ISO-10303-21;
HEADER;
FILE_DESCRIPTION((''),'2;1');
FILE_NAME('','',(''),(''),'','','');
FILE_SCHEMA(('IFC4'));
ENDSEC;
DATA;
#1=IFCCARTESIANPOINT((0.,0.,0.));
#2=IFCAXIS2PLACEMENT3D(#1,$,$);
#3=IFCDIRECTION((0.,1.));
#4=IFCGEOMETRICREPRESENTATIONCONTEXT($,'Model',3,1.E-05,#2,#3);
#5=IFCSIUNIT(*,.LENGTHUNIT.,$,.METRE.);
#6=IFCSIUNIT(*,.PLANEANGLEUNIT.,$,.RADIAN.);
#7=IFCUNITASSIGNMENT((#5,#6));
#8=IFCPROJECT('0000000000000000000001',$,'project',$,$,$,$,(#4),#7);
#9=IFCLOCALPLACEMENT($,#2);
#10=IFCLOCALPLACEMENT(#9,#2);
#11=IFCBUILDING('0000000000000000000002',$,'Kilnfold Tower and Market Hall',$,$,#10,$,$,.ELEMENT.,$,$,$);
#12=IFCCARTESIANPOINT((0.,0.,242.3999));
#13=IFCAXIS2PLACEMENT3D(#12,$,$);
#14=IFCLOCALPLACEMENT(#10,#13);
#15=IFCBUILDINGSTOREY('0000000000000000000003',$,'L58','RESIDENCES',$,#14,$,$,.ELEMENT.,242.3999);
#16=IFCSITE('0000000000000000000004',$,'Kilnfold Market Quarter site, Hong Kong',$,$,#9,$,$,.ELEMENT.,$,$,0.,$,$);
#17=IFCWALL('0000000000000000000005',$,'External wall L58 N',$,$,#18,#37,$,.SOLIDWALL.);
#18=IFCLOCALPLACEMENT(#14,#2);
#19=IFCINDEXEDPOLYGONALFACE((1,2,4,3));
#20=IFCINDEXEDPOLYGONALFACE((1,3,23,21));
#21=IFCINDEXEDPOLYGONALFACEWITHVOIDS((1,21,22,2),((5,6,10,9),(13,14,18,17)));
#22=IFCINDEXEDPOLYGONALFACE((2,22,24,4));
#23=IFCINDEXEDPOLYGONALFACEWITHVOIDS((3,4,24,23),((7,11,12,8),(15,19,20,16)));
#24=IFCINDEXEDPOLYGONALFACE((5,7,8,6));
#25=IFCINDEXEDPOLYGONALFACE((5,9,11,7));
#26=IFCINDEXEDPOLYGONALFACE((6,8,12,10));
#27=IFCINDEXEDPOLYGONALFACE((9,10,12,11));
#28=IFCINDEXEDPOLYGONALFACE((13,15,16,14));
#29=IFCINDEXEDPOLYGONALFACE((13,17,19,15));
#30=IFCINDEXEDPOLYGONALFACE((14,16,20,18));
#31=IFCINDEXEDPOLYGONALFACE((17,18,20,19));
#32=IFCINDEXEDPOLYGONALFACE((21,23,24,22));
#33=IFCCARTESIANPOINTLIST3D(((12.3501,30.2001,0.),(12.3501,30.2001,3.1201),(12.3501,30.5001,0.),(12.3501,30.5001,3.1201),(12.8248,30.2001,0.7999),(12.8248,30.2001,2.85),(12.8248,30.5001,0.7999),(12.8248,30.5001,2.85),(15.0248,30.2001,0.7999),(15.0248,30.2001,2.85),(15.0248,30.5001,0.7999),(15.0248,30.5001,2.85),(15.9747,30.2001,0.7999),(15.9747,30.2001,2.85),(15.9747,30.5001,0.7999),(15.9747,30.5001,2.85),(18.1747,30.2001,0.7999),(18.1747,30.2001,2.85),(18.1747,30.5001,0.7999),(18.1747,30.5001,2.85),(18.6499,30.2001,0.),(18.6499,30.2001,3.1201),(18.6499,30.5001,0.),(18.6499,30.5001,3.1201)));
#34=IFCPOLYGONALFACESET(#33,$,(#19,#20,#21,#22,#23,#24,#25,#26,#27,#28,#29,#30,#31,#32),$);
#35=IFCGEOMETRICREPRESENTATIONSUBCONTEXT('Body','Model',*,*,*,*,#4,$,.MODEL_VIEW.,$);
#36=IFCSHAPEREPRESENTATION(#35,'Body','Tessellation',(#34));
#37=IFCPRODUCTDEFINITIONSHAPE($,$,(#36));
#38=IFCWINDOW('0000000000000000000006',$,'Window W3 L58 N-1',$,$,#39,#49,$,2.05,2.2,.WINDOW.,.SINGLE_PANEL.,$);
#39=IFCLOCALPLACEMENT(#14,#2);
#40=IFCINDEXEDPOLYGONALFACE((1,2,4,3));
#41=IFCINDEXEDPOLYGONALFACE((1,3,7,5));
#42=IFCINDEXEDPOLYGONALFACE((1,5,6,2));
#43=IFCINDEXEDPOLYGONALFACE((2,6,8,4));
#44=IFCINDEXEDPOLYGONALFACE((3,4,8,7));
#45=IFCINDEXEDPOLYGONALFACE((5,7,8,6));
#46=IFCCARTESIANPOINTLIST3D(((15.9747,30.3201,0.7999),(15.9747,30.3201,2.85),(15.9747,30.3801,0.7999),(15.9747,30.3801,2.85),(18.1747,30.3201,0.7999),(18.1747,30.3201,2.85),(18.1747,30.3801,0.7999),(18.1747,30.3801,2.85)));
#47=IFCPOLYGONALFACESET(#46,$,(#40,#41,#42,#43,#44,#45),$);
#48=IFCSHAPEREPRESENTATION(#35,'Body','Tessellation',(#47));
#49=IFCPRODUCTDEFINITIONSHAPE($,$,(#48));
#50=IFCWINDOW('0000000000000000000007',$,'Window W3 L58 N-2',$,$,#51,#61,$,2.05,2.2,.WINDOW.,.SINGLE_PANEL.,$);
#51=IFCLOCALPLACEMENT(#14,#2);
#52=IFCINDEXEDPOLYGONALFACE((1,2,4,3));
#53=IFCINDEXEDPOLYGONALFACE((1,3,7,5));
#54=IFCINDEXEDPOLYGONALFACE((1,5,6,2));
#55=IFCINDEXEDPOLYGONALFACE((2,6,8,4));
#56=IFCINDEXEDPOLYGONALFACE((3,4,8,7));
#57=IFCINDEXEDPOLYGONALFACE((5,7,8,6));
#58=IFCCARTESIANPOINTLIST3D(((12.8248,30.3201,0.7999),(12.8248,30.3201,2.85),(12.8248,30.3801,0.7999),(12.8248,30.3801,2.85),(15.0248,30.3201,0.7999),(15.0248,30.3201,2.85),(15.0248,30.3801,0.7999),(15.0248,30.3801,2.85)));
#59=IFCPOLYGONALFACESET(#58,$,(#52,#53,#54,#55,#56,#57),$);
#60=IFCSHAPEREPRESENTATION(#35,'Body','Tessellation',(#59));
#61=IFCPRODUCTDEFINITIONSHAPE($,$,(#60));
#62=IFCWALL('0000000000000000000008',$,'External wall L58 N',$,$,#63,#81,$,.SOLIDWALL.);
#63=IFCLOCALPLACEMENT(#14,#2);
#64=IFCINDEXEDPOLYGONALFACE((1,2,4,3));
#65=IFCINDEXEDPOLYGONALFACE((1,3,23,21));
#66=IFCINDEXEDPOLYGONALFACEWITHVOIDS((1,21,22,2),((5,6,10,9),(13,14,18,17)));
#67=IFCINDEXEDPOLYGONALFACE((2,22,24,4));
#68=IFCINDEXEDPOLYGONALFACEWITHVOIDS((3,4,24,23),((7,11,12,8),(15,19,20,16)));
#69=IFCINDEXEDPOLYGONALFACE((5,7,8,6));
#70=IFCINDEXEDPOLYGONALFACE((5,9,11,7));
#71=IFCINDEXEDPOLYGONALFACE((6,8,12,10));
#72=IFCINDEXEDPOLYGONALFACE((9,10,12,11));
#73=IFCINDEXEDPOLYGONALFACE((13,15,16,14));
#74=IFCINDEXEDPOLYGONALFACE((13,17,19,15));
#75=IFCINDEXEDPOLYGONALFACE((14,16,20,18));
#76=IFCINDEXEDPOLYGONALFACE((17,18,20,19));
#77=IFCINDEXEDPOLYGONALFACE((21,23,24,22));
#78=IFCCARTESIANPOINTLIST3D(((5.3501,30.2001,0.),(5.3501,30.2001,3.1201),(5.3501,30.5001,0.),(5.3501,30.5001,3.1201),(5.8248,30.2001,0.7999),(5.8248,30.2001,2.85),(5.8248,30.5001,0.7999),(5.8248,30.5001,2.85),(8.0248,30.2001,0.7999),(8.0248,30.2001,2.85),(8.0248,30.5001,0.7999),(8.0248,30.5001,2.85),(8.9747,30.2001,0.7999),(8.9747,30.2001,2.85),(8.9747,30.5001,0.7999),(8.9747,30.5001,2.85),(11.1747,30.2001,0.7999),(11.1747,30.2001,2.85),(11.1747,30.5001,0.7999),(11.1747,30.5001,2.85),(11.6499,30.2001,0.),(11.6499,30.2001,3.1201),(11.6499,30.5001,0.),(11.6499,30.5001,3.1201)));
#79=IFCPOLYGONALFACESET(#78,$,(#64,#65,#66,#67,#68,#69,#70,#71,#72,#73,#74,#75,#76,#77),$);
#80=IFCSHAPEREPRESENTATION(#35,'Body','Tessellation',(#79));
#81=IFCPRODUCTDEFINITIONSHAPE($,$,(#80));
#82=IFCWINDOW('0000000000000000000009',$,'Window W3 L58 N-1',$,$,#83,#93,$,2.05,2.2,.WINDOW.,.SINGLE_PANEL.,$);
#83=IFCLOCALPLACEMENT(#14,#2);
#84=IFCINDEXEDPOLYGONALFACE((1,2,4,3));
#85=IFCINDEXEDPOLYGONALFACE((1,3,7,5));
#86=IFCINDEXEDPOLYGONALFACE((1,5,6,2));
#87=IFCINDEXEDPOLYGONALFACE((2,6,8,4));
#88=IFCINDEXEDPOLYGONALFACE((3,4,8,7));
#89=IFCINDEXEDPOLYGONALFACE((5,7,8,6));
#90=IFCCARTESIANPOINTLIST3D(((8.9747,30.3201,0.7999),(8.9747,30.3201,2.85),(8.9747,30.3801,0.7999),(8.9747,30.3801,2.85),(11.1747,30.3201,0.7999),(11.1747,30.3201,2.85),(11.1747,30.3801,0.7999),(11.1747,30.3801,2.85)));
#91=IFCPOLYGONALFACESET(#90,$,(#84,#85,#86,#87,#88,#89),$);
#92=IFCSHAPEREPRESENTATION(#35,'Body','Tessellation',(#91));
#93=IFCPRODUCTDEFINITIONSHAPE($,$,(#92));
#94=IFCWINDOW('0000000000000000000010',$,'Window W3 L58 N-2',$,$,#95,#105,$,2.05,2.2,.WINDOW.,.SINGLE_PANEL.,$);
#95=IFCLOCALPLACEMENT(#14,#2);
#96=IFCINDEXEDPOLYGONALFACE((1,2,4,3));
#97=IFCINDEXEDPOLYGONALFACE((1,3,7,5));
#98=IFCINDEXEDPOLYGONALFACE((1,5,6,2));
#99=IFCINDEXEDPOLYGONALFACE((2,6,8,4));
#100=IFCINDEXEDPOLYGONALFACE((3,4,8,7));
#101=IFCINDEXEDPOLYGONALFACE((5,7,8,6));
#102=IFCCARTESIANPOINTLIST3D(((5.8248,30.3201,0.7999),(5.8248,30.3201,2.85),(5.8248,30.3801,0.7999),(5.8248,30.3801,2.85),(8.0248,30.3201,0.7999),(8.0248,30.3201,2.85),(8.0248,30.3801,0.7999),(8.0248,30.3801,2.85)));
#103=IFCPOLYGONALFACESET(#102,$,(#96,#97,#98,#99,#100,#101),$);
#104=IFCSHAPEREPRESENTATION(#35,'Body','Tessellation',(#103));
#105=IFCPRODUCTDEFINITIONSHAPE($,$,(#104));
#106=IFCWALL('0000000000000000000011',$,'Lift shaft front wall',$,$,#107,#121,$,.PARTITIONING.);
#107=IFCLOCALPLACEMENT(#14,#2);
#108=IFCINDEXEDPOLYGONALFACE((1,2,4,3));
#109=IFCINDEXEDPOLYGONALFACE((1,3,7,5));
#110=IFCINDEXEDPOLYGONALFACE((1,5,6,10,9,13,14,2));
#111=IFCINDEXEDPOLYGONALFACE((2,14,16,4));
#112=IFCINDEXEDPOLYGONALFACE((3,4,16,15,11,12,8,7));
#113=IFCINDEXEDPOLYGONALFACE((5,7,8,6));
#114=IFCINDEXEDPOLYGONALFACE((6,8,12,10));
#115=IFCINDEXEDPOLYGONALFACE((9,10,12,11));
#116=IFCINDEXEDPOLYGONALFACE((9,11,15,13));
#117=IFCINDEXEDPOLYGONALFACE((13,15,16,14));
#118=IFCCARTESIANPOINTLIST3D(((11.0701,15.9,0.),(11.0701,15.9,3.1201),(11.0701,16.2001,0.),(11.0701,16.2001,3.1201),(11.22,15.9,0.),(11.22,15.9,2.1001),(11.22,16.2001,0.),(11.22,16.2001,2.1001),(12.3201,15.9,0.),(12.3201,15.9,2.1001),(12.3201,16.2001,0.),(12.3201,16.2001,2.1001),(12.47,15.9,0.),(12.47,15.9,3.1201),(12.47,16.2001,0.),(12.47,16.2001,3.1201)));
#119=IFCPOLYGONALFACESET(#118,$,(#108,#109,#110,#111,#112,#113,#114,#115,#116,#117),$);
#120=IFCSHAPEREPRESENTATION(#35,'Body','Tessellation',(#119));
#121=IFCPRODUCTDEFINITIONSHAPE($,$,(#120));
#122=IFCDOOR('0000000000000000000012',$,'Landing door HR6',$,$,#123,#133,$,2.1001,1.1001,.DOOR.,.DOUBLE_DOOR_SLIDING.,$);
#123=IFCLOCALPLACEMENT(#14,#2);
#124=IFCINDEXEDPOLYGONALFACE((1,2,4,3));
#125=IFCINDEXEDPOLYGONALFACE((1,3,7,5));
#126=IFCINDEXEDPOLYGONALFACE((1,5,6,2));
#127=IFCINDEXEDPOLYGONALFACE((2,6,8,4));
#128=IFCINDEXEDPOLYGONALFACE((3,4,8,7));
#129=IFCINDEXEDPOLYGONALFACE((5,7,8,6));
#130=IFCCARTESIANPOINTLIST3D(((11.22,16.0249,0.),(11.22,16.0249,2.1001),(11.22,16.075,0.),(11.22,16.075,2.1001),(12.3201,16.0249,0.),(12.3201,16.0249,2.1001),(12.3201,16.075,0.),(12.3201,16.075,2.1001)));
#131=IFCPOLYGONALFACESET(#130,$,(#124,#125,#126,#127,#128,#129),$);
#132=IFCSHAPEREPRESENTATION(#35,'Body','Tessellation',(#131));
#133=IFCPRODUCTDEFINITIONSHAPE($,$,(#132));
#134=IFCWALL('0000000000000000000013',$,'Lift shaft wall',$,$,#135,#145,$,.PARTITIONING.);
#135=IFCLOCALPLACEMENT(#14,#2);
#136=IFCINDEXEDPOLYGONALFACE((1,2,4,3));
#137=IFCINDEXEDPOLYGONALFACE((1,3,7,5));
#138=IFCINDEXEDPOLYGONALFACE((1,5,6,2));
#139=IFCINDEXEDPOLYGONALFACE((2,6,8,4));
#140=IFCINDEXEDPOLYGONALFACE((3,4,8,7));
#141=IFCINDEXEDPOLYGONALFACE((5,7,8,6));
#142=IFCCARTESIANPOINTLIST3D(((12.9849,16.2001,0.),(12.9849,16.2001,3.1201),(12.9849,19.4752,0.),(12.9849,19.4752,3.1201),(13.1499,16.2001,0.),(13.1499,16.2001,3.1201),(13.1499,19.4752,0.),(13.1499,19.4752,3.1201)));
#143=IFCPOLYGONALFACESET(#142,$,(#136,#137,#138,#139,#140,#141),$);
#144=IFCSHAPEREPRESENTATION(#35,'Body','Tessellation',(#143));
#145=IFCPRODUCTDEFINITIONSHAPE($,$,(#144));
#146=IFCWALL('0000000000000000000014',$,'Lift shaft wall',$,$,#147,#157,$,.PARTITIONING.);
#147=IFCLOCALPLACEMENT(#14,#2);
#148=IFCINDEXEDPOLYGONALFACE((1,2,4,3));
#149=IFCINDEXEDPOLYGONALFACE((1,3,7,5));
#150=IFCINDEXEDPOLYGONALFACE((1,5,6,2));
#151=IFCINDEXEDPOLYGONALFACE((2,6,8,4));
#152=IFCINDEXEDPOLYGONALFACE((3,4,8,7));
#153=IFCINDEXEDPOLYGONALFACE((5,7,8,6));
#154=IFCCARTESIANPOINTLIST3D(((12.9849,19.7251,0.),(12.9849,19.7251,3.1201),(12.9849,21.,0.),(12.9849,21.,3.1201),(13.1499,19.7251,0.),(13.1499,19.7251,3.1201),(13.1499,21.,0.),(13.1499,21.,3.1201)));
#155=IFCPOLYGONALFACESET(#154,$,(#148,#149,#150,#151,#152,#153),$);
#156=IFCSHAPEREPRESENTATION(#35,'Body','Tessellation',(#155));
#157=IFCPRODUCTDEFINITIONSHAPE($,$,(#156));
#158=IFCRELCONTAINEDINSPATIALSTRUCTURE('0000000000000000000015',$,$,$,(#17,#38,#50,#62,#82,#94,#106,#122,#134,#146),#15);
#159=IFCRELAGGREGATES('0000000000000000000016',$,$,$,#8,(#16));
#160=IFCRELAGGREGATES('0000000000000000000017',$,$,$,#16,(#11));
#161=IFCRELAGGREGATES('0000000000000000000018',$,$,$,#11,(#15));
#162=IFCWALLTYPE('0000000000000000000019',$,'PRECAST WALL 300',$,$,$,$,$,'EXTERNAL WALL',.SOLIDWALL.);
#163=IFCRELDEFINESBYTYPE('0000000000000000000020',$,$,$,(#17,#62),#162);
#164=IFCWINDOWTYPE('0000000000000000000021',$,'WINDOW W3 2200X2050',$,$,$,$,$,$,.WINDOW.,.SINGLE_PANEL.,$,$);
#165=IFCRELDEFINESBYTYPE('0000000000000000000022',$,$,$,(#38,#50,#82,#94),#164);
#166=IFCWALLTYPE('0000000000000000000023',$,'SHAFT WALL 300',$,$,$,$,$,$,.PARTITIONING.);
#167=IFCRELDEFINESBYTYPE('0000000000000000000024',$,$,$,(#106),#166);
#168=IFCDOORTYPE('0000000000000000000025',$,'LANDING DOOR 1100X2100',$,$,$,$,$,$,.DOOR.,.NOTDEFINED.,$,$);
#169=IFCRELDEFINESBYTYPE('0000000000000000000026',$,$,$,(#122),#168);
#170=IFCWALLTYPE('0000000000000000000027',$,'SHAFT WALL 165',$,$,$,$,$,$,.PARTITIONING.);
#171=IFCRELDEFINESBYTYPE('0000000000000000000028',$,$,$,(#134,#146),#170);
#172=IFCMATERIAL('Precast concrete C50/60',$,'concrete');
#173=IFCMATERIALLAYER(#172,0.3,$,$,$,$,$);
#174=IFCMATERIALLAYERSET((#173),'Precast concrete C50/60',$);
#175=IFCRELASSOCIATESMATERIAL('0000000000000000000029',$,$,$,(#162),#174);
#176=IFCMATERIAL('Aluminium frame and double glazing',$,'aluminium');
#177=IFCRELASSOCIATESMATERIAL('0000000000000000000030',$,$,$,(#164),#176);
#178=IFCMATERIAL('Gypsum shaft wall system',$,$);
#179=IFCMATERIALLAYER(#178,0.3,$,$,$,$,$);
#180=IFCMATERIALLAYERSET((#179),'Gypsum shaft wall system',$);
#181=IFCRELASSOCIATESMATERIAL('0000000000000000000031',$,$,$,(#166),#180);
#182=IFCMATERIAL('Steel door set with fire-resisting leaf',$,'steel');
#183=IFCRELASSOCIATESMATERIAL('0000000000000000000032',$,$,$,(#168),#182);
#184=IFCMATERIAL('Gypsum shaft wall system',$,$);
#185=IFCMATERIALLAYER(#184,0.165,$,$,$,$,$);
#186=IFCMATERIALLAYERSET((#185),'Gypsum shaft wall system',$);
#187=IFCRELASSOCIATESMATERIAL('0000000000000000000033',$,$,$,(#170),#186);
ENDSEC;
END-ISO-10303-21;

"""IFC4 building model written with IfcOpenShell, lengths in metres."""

from ifc_helpers import new_model, si_unit, direction, frame, frame_2d, origin, place, context, subcontext, project, spatial, rectangle, extrude, source, transform, mapped, material, layer, layer_set, type_object, element, fill, save


model = new_model("IFC4")

# Units and contexts
model_context = context("Model", 3, precision=1e-05, world=origin(), true_north=direction((0.0, 1.0)))
body_context = subcontext(model_context, "Body", "Model", "MODEL_VIEW")
ifc_project = project(units=[si_unit("LENGTHUNIT", "METRE"), si_unit("PLANEANGLEUNIT", "RADIAN")], contexts=[model_context])

# Site, building, storey
site_placement = place(None, origin())
site = spatial("IfcSite", under=ifc_project, at=site_placement, Name="Kilnfold Market Quarter site, Hong Kong", CompositionType="ELEMENT", RefElevation=0.0)
building_placement = place(site_placement, origin())
building = spatial("IfcBuilding", under=site, at=building_placement, Name="Kilnfold Tower and Market Hall", CompositionType="ELEMENT")
storey_placement = place(building_placement, frame((0.0, 0.0, 242.3999)))
storey = spatial("IfcBuildingStorey", under=building, at=storey_placement, Name="L58", Description="RESIDENCES", CompositionType="ELEMENT", Elevation=242.3999)

# Walls, openings, windows
ifc_material_1 = material(Name="Precast concrete C50/60", Category="concrete")
ifc_layer_1 = layer(ifc_material_1, 0.3)
ifc_layer_set_1 = layer_set([ifc_layer_1], Name="Precast concrete C50/60")
wall_type_1 = type_object("IfcWallType", Name="PRECAST WALL 300", ElementType="EXTERNAL WALL", PredefinedType="SOLIDWALL", material=ifc_layer_set_1)
shared_shape_1 = source(origin(), body_context, "Body", "SweptSolid", [
    extrude(rectangle(XDim=6.2998, YDim=0.3, at=frame_2d((3.1499, 0.0))), origin(), (0.0, 0.0, 1.0), 3.1201),
])
wall_1_placement = place(storey_placement, frame((18.6499, 30.3501, 0.0), z_axis=(0.0, 0.0, 1.0), x_axis=(-1.0, 0.0, 0.0)))
wall_1 = element("IfcWall", 1, at=wall_1_placement, inside=storey, type_object=wall_type_1, Name="External wall L58 N", PredefinedType="SOLIDWALL", context=body_context, shape_type="MappedRepresentation", body=[
    mapped(shared_shape_1, transform((0.0, 0.0, 0.0))),
])
opening_1_placement = place(wall_1_placement, frame((0.4751, 0.0, 0.8)))
opening_1 = element("IfcOpeningElement", 2, at=opening_1_placement, cuts=wall_1, PredefinedType="OPENING", context=body_context, shape_type="SweptSolid", body=[
    extrude(rectangle(XDim=2.2, YDim=2.05, at=frame_2d((1.1001, 1.0249))), frame((0.0, 0.1602, 0.0), z_axis=(0.0, -1.0, 0.0), x_axis=(1.0, 0.0, 0.0)), (0.0, 0.0, 1.0), 0.3201),
])
opening_2_placement = place(wall_1_placement, frame((3.625, 0.0, 0.8)))
opening_2 = element("IfcOpeningElement", 3, at=opening_2_placement, cuts=wall_1, PredefinedType="OPENING", context=body_context, shape_type="SweptSolid", body=[
    extrude(rectangle(XDim=2.2, YDim=2.05, at=frame_2d((1.1001, 1.0249))), frame((0.0, 0.1602, 0.0), z_axis=(0.0, -1.0, 0.0), x_axis=(1.0, 0.0, 0.0)), (0.0, 0.0, 1.0), 0.3201),
])
ifc_material_2 = material(Name="Aluminium frame and double glazing", Category="aluminium")
window_type = type_object("IfcWindowType", Name="WINDOW W3 2200X2050", PartitioningType="SINGLE_PANEL", PredefinedType="WINDOW", material=ifc_material_2)
window_1_placement = place(opening_1_placement, origin())
window_1 = element("IfcWindow", 4, at=window_1_placement, inside=storey, type_object=window_type, Name="Window W3 L58 N-1", OverallHeight=2.05, OverallWidth=2.2, PartitioningType="SINGLE_PANEL", PredefinedType="WINDOW", context=body_context, shape_type="SweptSolid", body=[
    extrude(rectangle(XDim=2.2, YDim=2.05, at=frame_2d((1.1001, 1.0249))), frame((0.0, 0.03, 0.0), z_axis=(0.0, -1.0, 0.0), x_axis=(1.0, 0.0, 0.0)), (0.0, 0.0, 1.0), 0.0601),
])
fill(opening_1, window_1)
window_2_placement = place(opening_2_placement, origin())
window_2 = element("IfcWindow", 5, at=window_2_placement, inside=storey, type_object=window_type, Name="Window W3 L58 N-2", OverallHeight=2.05, OverallWidth=2.2, PartitioningType="SINGLE_PANEL", PredefinedType="WINDOW", context=body_context, shape_type="SweptSolid", body=[
    extrude(rectangle(XDim=2.2, YDim=2.05, at=frame_2d((1.1001, 1.0249))), frame((0.0, 0.03, 0.0), z_axis=(0.0, -1.0, 0.0), x_axis=(1.0, 0.0, 0.0)), (0.0, 0.0, 1.0), 0.0601),
])
fill(opening_2, window_2)
wall_2_placement = place(storey_placement, frame((11.6499, 30.3501, 0.0), z_axis=(0.0, 0.0, 1.0), x_axis=(-1.0, 0.0, 0.0)))
wall_2 = element("IfcWall", 6, at=wall_2_placement, inside=storey, type_object=wall_type_1, Name="External wall L58 N", PredefinedType="SOLIDWALL", context=body_context, shape_type="MappedRepresentation", body=[
    mapped(shared_shape_1, transform((0.0, 0.0, 0.0))),
])
opening_3_placement = place(wall_2_placement, frame((0.4751, 0.0, 0.8)))
opening_3 = element("IfcOpeningElement", 7, at=opening_3_placement, cuts=wall_2, PredefinedType="OPENING", context=body_context, shape_type="SweptSolid", body=[
    extrude(rectangle(XDim=2.2, YDim=2.05, at=frame_2d((1.1001, 1.0249))), frame((0.0, 0.1602, 0.0), z_axis=(0.0, -1.0, 0.0), x_axis=(1.0, 0.0, 0.0)), (0.0, 0.0, 1.0), 0.3201),
])
opening_4_placement = place(wall_2_placement, frame((3.625, 0.0, 0.8)))
opening_4 = element("IfcOpeningElement", 8, at=opening_4_placement, cuts=wall_2, PredefinedType="OPENING", context=body_context, shape_type="SweptSolid", body=[
    extrude(rectangle(XDim=2.2, YDim=2.05, at=frame_2d((1.1001, 1.0249))), frame((0.0, 0.1602, 0.0), z_axis=(0.0, -1.0, 0.0), x_axis=(1.0, 0.0, 0.0)), (0.0, 0.0, 1.0), 0.3201),
])
window_3_placement = place(opening_3_placement, origin())
window_3 = element("IfcWindow", 9, at=window_3_placement, inside=storey, type_object=window_type, Name="Window W3 L58 N-1", OverallHeight=2.05, OverallWidth=2.2, PartitioningType="SINGLE_PANEL", PredefinedType="WINDOW", context=body_context, shape_type="SweptSolid", body=[
    extrude(rectangle(XDim=2.2, YDim=2.05, at=frame_2d((1.1001, 1.0249))), frame((0.0, 0.03, 0.0), z_axis=(0.0, -1.0, 0.0), x_axis=(1.0, 0.0, 0.0)), (0.0, 0.0, 1.0), 0.0601),
])
fill(opening_3, window_3)
window_4_placement = place(opening_4_placement, origin())
window_4 = element("IfcWindow", 10, at=window_4_placement, inside=storey, type_object=window_type, Name="Window W3 L58 N-2", OverallHeight=2.05, OverallWidth=2.2, PartitioningType="SINGLE_PANEL", PredefinedType="WINDOW", context=body_context, shape_type="SweptSolid", body=[
    extrude(rectangle(XDim=2.2, YDim=2.05, at=frame_2d((1.1001, 1.0249))), frame((0.0, 0.03, 0.0), z_axis=(0.0, -1.0, 0.0), x_axis=(1.0, 0.0, 0.0)), (0.0, 0.0, 1.0), 0.0601),
])
fill(opening_4, window_4)

# Wall, opening, door
ifc_material_3 = material(Name="Gypsum shaft wall system")
ifc_layer_2 = layer(ifc_material_3, 0.3)
ifc_layer_set_2 = layer_set([ifc_layer_2], Name="Gypsum shaft wall system")
wall_type_2 = type_object("IfcWallType", Name="SHAFT WALL 300", PredefinedType="PARTITIONING", material=ifc_layer_set_2)
shared_shape_2 = source(origin(), body_context, "Body", "SweptSolid", [
    extrude(rectangle(XDim=1.3999, YDim=0.3, at=frame_2d((0.7, 0.0))), origin(), (0.0, 0.0, 1.0), 3.1201),
])
wall_3_placement = place(storey_placement, frame((11.0701, 16.05, 0.0), z_axis=(0.0, 0.0, 1.0), x_axis=(1.0, 0.0, 0.0)))
wall_3 = element("IfcWall", 11, at=wall_3_placement, inside=storey, type_object=wall_type_2, Name="Lift shaft front wall", PredefinedType="PARTITIONING", context=body_context, shape_type="MappedRepresentation", body=[
    mapped(shared_shape_2, transform((0.0, 0.0, 0.0))),
])
opening_5_placement = place(wall_3_placement, frame((0.1499, 0.0, 0.0)))
opening_5 = element("IfcOpeningElement", 12, at=opening_5_placement, cuts=wall_3, PredefinedType="OPENING", context=body_context, shape_type="SweptSolid", body=[
    extrude(rectangle(XDim=1.1001, YDim=2.1001, at=frame_2d((0.55, 1.05))), frame((0.0, 0.1602, 0.0), z_axis=(0.0, -1.0, 0.0), x_axis=(1.0, 0.0, 0.0)), (0.0, 0.0, 1.0), 0.3201),
])
ifc_material_4 = material(Name="Steel door set with fire-resisting leaf", Category="steel")
door_type_1 = type_object("IfcDoorType", Name="LANDING DOOR 1100X2100", OperationType="NOTDEFINED", PredefinedType="DOOR", material=ifc_material_4)
door_1_placement = place(opening_5_placement, origin())
door_1 = element("IfcDoor", 13, at=door_1_placement, inside=storey, type_object=door_type_1, Name="Landing door HR6", OperationType="DOUBLE_DOOR_SLIDING", OverallHeight=2.1001, OverallWidth=1.1001, PredefinedType="DOOR", context=body_context, shape_type="SweptSolid", body=[
    extrude(rectangle(XDim=1.1001, YDim=2.1001, at=frame_2d((0.55, 1.05))), frame((0.0, 0.0249, 0.0), z_axis=(0.0, -1.0, 0.0), x_axis=(1.0, 0.0, 0.0)), (0.0, 0.0, 1.0), 0.05),
])
fill(opening_5, door_1)

# Walls
ifc_material_5 = material(Name="Gypsum shaft wall system")
ifc_layer_3 = layer(ifc_material_5, 0.165)
ifc_layer_set_3 = layer_set([ifc_layer_3], Name="Gypsum shaft wall system")
wall_type_3 = type_object("IfcWallType", Name="SHAFT WALL 165", PredefinedType="PARTITIONING", material=ifc_layer_set_3)
shared_shape_3 = source(origin(), body_context, "Body", "SweptSolid", [
    extrude(rectangle(XDim=3.2751, YDim=0.165, at=frame_2d((1.6377, 0.0))), origin(), (0.0, 0.0, 1.0), 3.1201),
])
wall_4_placement = place(storey_placement, frame((13.0674, 16.2, 0.0), z_axis=(0.0, 0.0, 1.0), x_axis=(0.0, 1.0, 0.0)))
element("IfcWall", 14, at=wall_4_placement, inside=storey, type_object=wall_type_3, Name="Lift shaft wall", PredefinedType="PARTITIONING", context=body_context, shape_type="MappedRepresentation", body=[
    mapped(shared_shape_3, transform((0.0, 0.0, 0.0))),
])
shared_shape_4 = source(origin(), body_context, "Body", "SweptSolid", [
    extrude(rectangle(XDim=1.2749, YDim=0.165, at=frame_2d((0.6375, 0.0))), origin(), (0.0, 0.0, 1.0), 3.1201),
])
wall_5_placement = place(storey_placement, frame((13.0674, 19.7251, 0.0), z_axis=(0.0, 0.0, 1.0), x_axis=(0.0, 1.0, 0.0)))
element("IfcWall", 15, at=wall_5_placement, inside=storey, type_object=wall_type_3, Name="Lift shaft wall", PredefinedType="PARTITIONING", context=body_context, shape_type="MappedRepresentation", body=[
    mapped(shared_shape_4, transform((0.0, 0.0, 0.0))),
])

save(model, "model.ifc")
